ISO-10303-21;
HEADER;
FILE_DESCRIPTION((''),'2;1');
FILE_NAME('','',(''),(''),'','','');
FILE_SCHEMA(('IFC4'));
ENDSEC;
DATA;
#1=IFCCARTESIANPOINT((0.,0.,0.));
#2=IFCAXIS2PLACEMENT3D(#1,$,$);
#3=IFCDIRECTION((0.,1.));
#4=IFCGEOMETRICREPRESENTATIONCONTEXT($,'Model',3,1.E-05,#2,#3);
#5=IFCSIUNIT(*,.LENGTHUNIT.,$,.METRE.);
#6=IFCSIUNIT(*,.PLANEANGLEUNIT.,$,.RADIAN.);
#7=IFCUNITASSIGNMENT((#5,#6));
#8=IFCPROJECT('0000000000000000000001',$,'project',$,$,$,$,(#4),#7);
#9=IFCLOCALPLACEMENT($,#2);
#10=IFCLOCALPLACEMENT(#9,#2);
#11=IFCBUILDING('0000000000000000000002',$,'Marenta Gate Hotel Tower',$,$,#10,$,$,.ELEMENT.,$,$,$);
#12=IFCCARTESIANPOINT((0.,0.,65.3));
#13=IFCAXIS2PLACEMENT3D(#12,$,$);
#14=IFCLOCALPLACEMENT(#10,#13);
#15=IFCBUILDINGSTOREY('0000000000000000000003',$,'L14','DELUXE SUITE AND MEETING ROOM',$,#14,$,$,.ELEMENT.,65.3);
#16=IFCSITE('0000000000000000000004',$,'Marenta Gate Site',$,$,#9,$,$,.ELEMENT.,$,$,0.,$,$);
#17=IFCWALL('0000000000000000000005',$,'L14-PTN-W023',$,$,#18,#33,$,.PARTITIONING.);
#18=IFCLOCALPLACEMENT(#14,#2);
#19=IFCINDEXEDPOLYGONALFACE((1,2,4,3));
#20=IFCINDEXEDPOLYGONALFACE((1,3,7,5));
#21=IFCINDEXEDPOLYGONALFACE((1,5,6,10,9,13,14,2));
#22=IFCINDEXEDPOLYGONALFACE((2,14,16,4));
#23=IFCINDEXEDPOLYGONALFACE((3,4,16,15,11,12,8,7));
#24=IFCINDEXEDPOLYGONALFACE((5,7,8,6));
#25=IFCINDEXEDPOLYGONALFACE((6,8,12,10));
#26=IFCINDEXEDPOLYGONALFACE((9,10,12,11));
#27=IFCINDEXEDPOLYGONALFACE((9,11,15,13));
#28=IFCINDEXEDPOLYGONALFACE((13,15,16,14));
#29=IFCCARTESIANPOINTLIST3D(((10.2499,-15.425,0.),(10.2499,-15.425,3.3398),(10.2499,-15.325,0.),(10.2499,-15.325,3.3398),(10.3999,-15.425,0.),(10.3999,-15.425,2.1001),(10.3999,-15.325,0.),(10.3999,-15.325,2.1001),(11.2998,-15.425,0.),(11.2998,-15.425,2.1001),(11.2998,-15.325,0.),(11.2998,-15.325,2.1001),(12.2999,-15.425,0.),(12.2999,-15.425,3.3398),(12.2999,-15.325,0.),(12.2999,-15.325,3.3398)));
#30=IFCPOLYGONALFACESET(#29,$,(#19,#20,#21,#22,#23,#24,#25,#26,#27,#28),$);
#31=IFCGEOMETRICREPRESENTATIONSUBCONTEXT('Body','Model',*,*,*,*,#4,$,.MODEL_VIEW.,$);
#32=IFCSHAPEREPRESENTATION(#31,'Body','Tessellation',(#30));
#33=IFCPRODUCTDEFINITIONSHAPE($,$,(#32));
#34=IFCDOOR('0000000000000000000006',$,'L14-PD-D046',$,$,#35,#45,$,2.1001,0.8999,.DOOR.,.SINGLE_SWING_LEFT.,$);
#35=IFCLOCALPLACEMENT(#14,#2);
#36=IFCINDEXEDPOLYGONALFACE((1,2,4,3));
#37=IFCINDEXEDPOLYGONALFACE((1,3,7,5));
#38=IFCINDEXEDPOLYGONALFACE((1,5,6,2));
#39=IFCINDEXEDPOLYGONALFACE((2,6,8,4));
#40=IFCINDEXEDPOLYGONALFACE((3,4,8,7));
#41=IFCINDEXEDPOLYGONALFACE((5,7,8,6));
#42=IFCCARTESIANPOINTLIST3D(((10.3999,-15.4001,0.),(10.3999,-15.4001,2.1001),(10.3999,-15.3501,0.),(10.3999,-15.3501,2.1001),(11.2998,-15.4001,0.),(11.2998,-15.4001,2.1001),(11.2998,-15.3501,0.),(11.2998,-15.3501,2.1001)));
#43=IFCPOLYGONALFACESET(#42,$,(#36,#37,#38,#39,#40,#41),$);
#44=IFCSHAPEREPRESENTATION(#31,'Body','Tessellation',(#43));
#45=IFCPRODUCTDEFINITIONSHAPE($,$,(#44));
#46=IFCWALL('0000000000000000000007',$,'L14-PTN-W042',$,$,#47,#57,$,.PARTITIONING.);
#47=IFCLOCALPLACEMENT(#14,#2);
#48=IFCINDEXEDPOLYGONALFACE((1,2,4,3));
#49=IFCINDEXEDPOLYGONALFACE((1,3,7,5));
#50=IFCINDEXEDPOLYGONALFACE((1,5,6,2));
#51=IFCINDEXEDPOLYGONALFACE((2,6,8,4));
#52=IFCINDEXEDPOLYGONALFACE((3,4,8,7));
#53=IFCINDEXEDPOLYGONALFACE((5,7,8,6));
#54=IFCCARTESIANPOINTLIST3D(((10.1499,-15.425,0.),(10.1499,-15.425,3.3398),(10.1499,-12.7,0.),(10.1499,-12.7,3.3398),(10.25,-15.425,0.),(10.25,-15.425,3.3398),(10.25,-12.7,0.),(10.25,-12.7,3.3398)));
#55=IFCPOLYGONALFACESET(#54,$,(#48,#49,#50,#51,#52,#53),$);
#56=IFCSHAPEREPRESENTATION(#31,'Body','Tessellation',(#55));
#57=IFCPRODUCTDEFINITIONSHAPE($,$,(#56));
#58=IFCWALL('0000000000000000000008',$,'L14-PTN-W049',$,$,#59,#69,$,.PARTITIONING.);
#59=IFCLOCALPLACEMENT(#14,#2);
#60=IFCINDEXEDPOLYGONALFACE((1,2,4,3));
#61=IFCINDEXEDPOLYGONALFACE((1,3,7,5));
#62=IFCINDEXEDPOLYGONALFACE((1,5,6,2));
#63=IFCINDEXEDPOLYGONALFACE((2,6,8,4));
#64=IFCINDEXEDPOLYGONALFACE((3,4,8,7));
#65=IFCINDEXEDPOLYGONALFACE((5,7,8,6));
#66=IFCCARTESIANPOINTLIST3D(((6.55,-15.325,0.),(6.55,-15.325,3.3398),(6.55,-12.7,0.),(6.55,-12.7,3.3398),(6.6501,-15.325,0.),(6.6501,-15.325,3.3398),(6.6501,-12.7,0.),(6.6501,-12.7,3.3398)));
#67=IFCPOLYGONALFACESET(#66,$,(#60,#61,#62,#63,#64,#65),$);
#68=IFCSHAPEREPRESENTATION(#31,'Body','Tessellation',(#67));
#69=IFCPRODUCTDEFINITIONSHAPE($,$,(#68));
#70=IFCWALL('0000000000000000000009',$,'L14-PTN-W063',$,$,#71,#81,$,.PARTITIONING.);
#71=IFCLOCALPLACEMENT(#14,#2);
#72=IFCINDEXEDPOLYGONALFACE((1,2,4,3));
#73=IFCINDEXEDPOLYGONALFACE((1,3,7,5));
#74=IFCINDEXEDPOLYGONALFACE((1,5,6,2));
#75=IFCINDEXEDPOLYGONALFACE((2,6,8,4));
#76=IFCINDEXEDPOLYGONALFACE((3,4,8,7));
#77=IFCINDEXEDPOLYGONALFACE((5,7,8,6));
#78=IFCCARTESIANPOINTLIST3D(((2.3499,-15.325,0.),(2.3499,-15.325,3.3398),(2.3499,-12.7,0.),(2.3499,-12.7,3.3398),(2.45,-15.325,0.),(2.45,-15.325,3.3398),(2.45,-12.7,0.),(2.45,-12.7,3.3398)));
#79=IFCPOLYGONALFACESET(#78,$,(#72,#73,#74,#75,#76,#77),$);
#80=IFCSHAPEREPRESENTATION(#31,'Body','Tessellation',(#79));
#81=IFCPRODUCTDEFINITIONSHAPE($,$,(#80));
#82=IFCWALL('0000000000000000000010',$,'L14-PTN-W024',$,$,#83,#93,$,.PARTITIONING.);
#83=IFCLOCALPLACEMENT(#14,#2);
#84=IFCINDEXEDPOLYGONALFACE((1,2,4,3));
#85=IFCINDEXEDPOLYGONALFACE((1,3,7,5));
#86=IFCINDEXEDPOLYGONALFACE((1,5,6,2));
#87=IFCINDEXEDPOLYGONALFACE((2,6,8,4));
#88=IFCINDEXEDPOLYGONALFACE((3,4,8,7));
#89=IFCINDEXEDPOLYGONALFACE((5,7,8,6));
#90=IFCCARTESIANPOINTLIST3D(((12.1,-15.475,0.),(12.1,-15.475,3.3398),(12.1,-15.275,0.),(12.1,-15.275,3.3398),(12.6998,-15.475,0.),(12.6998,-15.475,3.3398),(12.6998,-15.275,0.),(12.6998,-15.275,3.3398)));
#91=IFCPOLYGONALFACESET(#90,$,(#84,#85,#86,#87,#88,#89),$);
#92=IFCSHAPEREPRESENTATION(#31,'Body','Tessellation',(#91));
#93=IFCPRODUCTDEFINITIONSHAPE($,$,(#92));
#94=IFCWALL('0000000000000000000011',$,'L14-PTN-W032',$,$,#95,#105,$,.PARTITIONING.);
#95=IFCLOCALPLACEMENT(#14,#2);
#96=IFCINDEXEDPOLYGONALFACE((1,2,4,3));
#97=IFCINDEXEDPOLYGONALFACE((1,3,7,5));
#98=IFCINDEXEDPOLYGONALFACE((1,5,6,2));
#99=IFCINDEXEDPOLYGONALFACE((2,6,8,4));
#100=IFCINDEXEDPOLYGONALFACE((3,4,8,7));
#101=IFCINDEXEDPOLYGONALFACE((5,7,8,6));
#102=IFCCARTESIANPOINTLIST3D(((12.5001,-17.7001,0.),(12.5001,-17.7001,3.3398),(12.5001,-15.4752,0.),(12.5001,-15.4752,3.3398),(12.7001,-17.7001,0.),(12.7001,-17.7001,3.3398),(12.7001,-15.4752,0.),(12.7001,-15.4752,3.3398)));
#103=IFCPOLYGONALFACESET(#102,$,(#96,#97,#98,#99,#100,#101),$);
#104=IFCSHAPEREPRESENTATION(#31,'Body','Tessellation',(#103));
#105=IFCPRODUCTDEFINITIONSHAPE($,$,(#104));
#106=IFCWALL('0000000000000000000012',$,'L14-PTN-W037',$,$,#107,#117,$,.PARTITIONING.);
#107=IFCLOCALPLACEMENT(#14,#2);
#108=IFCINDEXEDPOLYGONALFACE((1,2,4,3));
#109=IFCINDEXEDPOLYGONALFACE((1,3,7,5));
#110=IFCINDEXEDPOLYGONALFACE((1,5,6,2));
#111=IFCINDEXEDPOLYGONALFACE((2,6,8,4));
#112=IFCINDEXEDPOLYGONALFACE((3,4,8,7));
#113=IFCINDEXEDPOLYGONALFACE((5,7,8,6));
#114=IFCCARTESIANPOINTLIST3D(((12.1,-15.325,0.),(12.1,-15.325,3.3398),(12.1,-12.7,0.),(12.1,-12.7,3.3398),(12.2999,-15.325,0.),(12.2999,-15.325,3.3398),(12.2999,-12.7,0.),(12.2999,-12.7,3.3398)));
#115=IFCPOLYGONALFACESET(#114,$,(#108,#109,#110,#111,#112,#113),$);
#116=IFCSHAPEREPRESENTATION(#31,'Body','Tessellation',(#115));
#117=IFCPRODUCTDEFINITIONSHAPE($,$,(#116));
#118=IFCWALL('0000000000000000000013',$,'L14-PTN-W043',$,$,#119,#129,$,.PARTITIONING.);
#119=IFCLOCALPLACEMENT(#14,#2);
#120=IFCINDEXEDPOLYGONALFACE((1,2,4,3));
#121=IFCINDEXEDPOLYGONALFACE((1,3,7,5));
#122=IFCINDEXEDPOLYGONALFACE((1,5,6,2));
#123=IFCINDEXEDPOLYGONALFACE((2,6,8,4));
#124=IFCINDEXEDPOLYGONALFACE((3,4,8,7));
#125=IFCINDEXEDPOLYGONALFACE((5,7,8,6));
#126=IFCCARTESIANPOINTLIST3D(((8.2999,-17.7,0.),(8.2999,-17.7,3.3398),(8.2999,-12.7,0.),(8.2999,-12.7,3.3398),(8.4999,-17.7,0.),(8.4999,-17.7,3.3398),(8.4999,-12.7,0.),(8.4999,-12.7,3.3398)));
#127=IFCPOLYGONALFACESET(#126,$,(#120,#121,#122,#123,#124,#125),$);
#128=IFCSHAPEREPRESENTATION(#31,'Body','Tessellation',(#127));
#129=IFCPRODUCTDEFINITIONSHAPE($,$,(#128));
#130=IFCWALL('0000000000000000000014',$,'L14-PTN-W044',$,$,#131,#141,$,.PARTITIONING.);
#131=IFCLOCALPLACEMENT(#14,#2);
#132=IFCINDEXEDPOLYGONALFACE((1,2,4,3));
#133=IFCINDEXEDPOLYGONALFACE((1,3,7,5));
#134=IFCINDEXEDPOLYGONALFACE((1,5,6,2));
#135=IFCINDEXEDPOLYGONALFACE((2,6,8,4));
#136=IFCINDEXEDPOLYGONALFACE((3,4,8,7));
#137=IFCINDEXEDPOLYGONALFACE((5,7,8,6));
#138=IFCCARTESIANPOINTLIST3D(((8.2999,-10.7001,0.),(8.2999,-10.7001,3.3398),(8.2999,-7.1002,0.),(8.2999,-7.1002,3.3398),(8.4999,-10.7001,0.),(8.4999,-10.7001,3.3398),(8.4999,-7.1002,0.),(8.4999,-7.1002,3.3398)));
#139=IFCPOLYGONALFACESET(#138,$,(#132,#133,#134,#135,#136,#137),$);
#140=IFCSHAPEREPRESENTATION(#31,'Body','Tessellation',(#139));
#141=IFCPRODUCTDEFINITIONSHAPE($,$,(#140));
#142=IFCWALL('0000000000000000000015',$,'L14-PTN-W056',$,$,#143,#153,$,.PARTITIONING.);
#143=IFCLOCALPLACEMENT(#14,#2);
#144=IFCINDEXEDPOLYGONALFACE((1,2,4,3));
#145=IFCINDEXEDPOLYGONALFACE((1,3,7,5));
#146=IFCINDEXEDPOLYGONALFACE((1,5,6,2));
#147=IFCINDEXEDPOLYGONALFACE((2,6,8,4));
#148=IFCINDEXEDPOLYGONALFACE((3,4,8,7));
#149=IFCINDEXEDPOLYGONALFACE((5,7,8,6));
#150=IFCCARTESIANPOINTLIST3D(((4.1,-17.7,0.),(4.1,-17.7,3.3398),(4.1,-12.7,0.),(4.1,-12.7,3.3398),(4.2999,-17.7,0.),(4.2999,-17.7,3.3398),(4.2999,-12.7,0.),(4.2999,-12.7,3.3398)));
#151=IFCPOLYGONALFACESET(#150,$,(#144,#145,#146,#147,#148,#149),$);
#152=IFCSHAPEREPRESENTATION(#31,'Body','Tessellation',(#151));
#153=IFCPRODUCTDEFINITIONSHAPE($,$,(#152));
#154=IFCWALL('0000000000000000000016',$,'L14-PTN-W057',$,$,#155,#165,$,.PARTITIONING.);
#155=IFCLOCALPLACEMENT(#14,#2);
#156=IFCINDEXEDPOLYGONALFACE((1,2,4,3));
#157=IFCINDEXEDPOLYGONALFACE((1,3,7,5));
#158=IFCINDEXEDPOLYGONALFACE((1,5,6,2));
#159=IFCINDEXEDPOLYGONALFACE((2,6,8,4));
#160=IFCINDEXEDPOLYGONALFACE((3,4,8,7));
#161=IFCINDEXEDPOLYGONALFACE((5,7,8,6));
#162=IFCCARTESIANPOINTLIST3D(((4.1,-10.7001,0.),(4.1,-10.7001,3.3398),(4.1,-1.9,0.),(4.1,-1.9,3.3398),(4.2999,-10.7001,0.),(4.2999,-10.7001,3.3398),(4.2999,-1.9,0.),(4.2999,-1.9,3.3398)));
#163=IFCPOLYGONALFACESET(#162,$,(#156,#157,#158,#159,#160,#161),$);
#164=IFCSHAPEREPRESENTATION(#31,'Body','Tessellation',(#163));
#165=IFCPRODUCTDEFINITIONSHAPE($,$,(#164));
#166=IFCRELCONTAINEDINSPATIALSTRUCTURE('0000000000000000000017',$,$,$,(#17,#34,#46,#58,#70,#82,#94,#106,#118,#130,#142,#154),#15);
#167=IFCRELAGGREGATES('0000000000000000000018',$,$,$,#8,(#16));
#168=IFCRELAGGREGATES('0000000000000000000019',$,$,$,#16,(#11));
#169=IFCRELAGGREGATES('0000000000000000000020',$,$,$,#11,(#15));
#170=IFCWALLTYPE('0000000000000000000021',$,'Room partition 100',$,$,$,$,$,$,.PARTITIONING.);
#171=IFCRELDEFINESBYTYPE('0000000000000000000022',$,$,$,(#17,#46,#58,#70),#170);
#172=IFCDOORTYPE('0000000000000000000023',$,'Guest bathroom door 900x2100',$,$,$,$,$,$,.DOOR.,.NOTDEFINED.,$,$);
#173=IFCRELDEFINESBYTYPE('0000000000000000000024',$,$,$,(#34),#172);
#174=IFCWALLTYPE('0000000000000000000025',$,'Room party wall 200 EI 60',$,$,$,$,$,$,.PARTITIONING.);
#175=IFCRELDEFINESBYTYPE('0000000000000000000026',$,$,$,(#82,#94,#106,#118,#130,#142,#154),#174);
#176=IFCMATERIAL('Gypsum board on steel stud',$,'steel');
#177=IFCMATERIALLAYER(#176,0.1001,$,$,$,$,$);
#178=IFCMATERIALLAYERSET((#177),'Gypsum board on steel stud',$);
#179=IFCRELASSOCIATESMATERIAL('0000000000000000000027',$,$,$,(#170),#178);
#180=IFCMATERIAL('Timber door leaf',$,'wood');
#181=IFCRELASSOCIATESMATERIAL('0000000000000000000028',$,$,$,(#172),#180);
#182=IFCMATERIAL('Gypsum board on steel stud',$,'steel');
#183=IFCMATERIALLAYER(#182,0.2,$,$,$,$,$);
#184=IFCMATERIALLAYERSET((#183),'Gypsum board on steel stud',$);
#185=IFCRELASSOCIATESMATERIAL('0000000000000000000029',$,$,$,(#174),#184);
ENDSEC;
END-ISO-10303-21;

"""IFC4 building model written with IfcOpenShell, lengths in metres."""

from ifc_helpers import new_model, si_unit, direction, frame, frame_2d, origin, place, context, subcontext, project, spatial, rectangle, extrude, material, layer, layer_set, type_object, element, fill, save


model = new_model("IFC4")

# Units and contexts
model_context = context("Model", 3, precision=1e-05, world=origin(), true_north=direction((0.0, 1.0)))
body_context = subcontext(model_context, "Body", "Model", "MODEL_VIEW")
ifc_project = project(units=[si_unit("LENGTHUNIT", "METRE"), si_unit("PLANEANGLEUNIT", "RADIAN")], contexts=[model_context])

# Site, building, storey
site_placement = place(None, origin())
site = spatial("IfcSite", under=ifc_project, at=site_placement, Name="Marenta Gate Site", CompositionType="ELEMENT", RefElevation=0.0)
building_placement = place(site_placement, origin())
building = spatial("IfcBuilding", under=site, at=building_placement, Name="Marenta Gate Hotel Tower", CompositionType="ELEMENT")
storey_placement = place(building_placement, frame((0.0, 0.0, 65.3)))
storey = spatial("IfcBuildingStorey", under=building, at=storey_placement, Name="L14", Description="DELUXE SUITE AND MEETING ROOM", CompositionType="ELEMENT", Elevation=65.3)

# Wall, opening, door
ifc_material_1 = material(Name="Gypsum board on steel stud", Category="steel")
ifc_layer_1 = layer(ifc_material_1, 0.1001)
ifc_layer_set_1 = layer_set([ifc_layer_1], Name="Gypsum board on steel stud")
wall_type_1 = type_object("IfcWallType", Name="Room partition 100", PredefinedType="PARTITIONING", material=ifc_layer_set_1)
ifc_material_2 = material(Name="Timber door leaf", Category="wood")
door_type = type_object("IfcDoorType", Name="Guest bathroom door 900x2100", OperationType="NOTDEFINED", PredefinedType="DOOR", material=ifc_material_2)
wall_1_placement = place(storey_placement, frame((10.25, -15.375, 0.0), z_axis=(0.0, 0.0, 1.0), x_axis=(1.0, 0.0, 0.0)))
wall_1 = element("IfcWall", 1, at=wall_1_placement, inside=storey, type_object=wall_type_1, Name="L14-PTN-W023", PredefinedType="PARTITIONING", context=body_context, shape_type="SweptSolid", body=[
    extrude(rectangle(XDim=2.05, YDim=0.1001, at=frame_2d((1.0249, 0.0))), origin(), (0.0, 0.0, 1.0), 3.3398),
])
opening_1_placement = place(wall_1_placement, frame((0.1499, 0.0, 0.0)))
opening_1 = element("IfcOpeningElement", 2, at=opening_1_placement, cuts=wall_1, PredefinedType="OPENING", context=body_context, shape_type="SweptSolid", body=[
    extrude(rectangle(XDim=0.8999, YDim=2.1001, at=frame_2d((0.45, 1.05))), frame((0.0, 0.05, 0.0), z_axis=(0.0, -1.0, 0.0), x_axis=(1.0, 0.0, 0.0)), (0.0, 0.0, 1.0), 0.1001),
])
door_1_placement = place(opening_1_placement, origin())
door_1 = element("IfcDoor", 3, at=door_1_placement, inside=storey, type_object=door_type, Name="L14-PD-D046", OperationType="SINGLE_SWING_LEFT", OverallHeight=2.1001, OverallWidth=0.8999, PredefinedType="DOOR", context=body_context, shape_type="SweptSolid", body=[
    extrude(rectangle(XDim=0.8999, YDim=2.1001, at=frame_2d((0.45, 1.05))), frame((0.0, 0.0249, 0.0), z_axis=(0.0, -1.0, 0.0), x_axis=(1.0, 0.0, 0.0)), (0.0, 0.0, 1.0), 0.05),
])
fill(opening_1, door_1)

# Walls
wall_2_placement = place(storey_placement, frame((10.2, -15.425, 0.0), z_axis=(0.0, 0.0, 1.0), x_axis=(0.0, 1.0, 0.0)))
element("IfcWall", 4, at=wall_2_placement, inside=storey, type_object=wall_type_1, Name="L14-PTN-W042", PredefinedType="PARTITIONING", context=body_context, shape_type="SweptSolid", body=[
    extrude(rectangle(XDim=2.7251, YDim=0.1001, at=frame_2d((1.3625, 0.0))), origin(), (0.0, 0.0, 1.0), 3.3398),
])
for number, where, z_axis, x_axis, name in (
    (5, (6.6001, -15.325, 0.0), (0.0, 0.0, 1.0), (0.0, 1.0, 0.0), "L14-PTN-W049"),
    (6, (2.3999, -15.325, 0.0), (0.0, 0.0, 1.0), (0.0, 1.0, 0.0), "L14-PTN-W063"),
):
    element("IfcWall", number, at=place(storey_placement, frame(where, z_axis=z_axis, x_axis=x_axis)), inside=storey, type_object=wall_type_1, Name=name, PredefinedType="PARTITIONING", context=body_context, shape_type="SweptSolid", body=[
        extrude(rectangle(XDim=2.625, YDim=0.1001, at=frame_2d((1.3125, 0.0))), origin(), (0.0, 0.0, 1.0), 3.3398),
    ])
ifc_material_3 = material(Name="Gypsum board on steel stud", Category="steel")
ifc_layer_2 = layer(ifc_material_3, 0.2)
ifc_layer_set_2 = layer_set([ifc_layer_2], Name="Gypsum board on steel stud")
wall_type_2 = type_object("IfcWallType", Name="Room party wall 200 EI 60", PredefinedType="PARTITIONING", material=ifc_layer_set_2)
wall_3_placement = place(storey_placement, frame((12.1001, -15.375, 0.0), z_axis=(0.0, 0.0, 1.0), x_axis=(1.0, 0.0, 0.0)))
element("IfcWall", 7, at=wall_3_placement, inside=storey, type_object=wall_type_2, Name="L14-PTN-W024", PredefinedType="PARTITIONING", context=body_context, shape_type="SweptSolid", body=[
    extrude(rectangle(XDim=0.5999, YDim=0.2, at=frame_2d((0.2998, 0.0))), origin(), (0.0, 0.0, 1.0), 3.3398),
])
wall_4_placement = place(storey_placement, frame((12.6001, -17.7, 0.0), z_axis=(0.0, 0.0, 1.0), x_axis=(0.0, 1.0, 0.0)))
element("IfcWall", 8, at=wall_4_placement, inside=storey, type_object=wall_type_2, Name="L14-PTN-W032", PredefinedType="PARTITIONING", context=body_context, shape_type="SweptSolid", body=[
    extrude(rectangle(XDim=2.2249, YDim=0.2, at=frame_2d((1.1123, 0.0))), origin(), (0.0, 0.0, 1.0), 3.3398),
])
wall_5_placement = place(storey_placement, frame((12.2, -15.325, 0.0), z_axis=(0.0, 0.0, 1.0), x_axis=(0.0, 1.0, 0.0)))
element("IfcWall", 9, at=wall_5_placement, inside=storey, type_object=wall_type_2, Name="L14-PTN-W037", PredefinedType="PARTITIONING", context=body_context, shape_type="SweptSolid", body=[
    extrude(rectangle(XDim=2.625, YDim=0.2, at=frame_2d((1.3125, 0.0))), origin(), (0.0, 0.0, 1.0), 3.3398),
])
wall_6_placement = place(storey_placement, frame((8.3999, -17.7, 0.0), z_axis=(0.0, 0.0, 1.0), x_axis=(0.0, 1.0, 0.0)))
element("IfcWall", 10, at=wall_6_placement, inside=storey, type_object=wall_type_2, Name="L14-PTN-W043", PredefinedType="PARTITIONING", context=body_context, shape_type="SweptSolid", body=[
    extrude(rectangle(XDim=5.0, YDim=0.2, at=frame_2d((2.5, 0.0))), origin(), (0.0, 0.0, 1.0), 3.3398),
])
wall_7_placement = place(storey_placement, frame((8.3999, -10.7, 0.0), z_axis=(0.0, 0.0, 1.0), x_axis=(0.0, 1.0, 0.0)))
element("IfcWall", 11, at=wall_7_placement, inside=storey, type_object=wall_type_2, Name="L14-PTN-W044", PredefinedType="PARTITIONING", context=body_context, shape_type="SweptSolid", body=[
    extrude(rectangle(XDim=3.5999, YDim=0.2, at=frame_2d((1.7998, 0.0))), origin(), (0.0, 0.0, 1.0), 3.3398),
])
wall_8_placement = place(storey_placement, frame((4.2, -17.7, 0.0), z_axis=(0.0, 0.0, 1.0), x_axis=(0.0, 1.0, 0.0)))
element("IfcWall", 12, at=wall_8_placement, inside=storey, type_object=wall_type_2, Name="L14-PTN-W056", PredefinedType="PARTITIONING", context=body_context, shape_type="SweptSolid", body=[
    extrude(rectangle(XDim=5.0, YDim=0.2, at=frame_2d((2.5, 0.0))), origin(), (0.0, 0.0, 1.0), 3.3398),
])
wall_9_placement = place(storey_placement, frame((4.2, -10.7, 0.0), z_axis=(0.0, 0.0, 1.0), x_axis=(0.0, 1.0, 0.0)))
element("IfcWall", 13, at=wall_9_placement, inside=storey, type_object=wall_type_2, Name="L14-PTN-W057", PredefinedType="PARTITIONING", context=body_context, shape_type="SweptSolid", body=[
    extrude(rectangle(XDim=8.8, YDim=0.2, at=frame_2d((4.3999, 0.0))), origin(), (0.0, 0.0, 1.0), 3.3398),
])

save(model, "model.ifc")
